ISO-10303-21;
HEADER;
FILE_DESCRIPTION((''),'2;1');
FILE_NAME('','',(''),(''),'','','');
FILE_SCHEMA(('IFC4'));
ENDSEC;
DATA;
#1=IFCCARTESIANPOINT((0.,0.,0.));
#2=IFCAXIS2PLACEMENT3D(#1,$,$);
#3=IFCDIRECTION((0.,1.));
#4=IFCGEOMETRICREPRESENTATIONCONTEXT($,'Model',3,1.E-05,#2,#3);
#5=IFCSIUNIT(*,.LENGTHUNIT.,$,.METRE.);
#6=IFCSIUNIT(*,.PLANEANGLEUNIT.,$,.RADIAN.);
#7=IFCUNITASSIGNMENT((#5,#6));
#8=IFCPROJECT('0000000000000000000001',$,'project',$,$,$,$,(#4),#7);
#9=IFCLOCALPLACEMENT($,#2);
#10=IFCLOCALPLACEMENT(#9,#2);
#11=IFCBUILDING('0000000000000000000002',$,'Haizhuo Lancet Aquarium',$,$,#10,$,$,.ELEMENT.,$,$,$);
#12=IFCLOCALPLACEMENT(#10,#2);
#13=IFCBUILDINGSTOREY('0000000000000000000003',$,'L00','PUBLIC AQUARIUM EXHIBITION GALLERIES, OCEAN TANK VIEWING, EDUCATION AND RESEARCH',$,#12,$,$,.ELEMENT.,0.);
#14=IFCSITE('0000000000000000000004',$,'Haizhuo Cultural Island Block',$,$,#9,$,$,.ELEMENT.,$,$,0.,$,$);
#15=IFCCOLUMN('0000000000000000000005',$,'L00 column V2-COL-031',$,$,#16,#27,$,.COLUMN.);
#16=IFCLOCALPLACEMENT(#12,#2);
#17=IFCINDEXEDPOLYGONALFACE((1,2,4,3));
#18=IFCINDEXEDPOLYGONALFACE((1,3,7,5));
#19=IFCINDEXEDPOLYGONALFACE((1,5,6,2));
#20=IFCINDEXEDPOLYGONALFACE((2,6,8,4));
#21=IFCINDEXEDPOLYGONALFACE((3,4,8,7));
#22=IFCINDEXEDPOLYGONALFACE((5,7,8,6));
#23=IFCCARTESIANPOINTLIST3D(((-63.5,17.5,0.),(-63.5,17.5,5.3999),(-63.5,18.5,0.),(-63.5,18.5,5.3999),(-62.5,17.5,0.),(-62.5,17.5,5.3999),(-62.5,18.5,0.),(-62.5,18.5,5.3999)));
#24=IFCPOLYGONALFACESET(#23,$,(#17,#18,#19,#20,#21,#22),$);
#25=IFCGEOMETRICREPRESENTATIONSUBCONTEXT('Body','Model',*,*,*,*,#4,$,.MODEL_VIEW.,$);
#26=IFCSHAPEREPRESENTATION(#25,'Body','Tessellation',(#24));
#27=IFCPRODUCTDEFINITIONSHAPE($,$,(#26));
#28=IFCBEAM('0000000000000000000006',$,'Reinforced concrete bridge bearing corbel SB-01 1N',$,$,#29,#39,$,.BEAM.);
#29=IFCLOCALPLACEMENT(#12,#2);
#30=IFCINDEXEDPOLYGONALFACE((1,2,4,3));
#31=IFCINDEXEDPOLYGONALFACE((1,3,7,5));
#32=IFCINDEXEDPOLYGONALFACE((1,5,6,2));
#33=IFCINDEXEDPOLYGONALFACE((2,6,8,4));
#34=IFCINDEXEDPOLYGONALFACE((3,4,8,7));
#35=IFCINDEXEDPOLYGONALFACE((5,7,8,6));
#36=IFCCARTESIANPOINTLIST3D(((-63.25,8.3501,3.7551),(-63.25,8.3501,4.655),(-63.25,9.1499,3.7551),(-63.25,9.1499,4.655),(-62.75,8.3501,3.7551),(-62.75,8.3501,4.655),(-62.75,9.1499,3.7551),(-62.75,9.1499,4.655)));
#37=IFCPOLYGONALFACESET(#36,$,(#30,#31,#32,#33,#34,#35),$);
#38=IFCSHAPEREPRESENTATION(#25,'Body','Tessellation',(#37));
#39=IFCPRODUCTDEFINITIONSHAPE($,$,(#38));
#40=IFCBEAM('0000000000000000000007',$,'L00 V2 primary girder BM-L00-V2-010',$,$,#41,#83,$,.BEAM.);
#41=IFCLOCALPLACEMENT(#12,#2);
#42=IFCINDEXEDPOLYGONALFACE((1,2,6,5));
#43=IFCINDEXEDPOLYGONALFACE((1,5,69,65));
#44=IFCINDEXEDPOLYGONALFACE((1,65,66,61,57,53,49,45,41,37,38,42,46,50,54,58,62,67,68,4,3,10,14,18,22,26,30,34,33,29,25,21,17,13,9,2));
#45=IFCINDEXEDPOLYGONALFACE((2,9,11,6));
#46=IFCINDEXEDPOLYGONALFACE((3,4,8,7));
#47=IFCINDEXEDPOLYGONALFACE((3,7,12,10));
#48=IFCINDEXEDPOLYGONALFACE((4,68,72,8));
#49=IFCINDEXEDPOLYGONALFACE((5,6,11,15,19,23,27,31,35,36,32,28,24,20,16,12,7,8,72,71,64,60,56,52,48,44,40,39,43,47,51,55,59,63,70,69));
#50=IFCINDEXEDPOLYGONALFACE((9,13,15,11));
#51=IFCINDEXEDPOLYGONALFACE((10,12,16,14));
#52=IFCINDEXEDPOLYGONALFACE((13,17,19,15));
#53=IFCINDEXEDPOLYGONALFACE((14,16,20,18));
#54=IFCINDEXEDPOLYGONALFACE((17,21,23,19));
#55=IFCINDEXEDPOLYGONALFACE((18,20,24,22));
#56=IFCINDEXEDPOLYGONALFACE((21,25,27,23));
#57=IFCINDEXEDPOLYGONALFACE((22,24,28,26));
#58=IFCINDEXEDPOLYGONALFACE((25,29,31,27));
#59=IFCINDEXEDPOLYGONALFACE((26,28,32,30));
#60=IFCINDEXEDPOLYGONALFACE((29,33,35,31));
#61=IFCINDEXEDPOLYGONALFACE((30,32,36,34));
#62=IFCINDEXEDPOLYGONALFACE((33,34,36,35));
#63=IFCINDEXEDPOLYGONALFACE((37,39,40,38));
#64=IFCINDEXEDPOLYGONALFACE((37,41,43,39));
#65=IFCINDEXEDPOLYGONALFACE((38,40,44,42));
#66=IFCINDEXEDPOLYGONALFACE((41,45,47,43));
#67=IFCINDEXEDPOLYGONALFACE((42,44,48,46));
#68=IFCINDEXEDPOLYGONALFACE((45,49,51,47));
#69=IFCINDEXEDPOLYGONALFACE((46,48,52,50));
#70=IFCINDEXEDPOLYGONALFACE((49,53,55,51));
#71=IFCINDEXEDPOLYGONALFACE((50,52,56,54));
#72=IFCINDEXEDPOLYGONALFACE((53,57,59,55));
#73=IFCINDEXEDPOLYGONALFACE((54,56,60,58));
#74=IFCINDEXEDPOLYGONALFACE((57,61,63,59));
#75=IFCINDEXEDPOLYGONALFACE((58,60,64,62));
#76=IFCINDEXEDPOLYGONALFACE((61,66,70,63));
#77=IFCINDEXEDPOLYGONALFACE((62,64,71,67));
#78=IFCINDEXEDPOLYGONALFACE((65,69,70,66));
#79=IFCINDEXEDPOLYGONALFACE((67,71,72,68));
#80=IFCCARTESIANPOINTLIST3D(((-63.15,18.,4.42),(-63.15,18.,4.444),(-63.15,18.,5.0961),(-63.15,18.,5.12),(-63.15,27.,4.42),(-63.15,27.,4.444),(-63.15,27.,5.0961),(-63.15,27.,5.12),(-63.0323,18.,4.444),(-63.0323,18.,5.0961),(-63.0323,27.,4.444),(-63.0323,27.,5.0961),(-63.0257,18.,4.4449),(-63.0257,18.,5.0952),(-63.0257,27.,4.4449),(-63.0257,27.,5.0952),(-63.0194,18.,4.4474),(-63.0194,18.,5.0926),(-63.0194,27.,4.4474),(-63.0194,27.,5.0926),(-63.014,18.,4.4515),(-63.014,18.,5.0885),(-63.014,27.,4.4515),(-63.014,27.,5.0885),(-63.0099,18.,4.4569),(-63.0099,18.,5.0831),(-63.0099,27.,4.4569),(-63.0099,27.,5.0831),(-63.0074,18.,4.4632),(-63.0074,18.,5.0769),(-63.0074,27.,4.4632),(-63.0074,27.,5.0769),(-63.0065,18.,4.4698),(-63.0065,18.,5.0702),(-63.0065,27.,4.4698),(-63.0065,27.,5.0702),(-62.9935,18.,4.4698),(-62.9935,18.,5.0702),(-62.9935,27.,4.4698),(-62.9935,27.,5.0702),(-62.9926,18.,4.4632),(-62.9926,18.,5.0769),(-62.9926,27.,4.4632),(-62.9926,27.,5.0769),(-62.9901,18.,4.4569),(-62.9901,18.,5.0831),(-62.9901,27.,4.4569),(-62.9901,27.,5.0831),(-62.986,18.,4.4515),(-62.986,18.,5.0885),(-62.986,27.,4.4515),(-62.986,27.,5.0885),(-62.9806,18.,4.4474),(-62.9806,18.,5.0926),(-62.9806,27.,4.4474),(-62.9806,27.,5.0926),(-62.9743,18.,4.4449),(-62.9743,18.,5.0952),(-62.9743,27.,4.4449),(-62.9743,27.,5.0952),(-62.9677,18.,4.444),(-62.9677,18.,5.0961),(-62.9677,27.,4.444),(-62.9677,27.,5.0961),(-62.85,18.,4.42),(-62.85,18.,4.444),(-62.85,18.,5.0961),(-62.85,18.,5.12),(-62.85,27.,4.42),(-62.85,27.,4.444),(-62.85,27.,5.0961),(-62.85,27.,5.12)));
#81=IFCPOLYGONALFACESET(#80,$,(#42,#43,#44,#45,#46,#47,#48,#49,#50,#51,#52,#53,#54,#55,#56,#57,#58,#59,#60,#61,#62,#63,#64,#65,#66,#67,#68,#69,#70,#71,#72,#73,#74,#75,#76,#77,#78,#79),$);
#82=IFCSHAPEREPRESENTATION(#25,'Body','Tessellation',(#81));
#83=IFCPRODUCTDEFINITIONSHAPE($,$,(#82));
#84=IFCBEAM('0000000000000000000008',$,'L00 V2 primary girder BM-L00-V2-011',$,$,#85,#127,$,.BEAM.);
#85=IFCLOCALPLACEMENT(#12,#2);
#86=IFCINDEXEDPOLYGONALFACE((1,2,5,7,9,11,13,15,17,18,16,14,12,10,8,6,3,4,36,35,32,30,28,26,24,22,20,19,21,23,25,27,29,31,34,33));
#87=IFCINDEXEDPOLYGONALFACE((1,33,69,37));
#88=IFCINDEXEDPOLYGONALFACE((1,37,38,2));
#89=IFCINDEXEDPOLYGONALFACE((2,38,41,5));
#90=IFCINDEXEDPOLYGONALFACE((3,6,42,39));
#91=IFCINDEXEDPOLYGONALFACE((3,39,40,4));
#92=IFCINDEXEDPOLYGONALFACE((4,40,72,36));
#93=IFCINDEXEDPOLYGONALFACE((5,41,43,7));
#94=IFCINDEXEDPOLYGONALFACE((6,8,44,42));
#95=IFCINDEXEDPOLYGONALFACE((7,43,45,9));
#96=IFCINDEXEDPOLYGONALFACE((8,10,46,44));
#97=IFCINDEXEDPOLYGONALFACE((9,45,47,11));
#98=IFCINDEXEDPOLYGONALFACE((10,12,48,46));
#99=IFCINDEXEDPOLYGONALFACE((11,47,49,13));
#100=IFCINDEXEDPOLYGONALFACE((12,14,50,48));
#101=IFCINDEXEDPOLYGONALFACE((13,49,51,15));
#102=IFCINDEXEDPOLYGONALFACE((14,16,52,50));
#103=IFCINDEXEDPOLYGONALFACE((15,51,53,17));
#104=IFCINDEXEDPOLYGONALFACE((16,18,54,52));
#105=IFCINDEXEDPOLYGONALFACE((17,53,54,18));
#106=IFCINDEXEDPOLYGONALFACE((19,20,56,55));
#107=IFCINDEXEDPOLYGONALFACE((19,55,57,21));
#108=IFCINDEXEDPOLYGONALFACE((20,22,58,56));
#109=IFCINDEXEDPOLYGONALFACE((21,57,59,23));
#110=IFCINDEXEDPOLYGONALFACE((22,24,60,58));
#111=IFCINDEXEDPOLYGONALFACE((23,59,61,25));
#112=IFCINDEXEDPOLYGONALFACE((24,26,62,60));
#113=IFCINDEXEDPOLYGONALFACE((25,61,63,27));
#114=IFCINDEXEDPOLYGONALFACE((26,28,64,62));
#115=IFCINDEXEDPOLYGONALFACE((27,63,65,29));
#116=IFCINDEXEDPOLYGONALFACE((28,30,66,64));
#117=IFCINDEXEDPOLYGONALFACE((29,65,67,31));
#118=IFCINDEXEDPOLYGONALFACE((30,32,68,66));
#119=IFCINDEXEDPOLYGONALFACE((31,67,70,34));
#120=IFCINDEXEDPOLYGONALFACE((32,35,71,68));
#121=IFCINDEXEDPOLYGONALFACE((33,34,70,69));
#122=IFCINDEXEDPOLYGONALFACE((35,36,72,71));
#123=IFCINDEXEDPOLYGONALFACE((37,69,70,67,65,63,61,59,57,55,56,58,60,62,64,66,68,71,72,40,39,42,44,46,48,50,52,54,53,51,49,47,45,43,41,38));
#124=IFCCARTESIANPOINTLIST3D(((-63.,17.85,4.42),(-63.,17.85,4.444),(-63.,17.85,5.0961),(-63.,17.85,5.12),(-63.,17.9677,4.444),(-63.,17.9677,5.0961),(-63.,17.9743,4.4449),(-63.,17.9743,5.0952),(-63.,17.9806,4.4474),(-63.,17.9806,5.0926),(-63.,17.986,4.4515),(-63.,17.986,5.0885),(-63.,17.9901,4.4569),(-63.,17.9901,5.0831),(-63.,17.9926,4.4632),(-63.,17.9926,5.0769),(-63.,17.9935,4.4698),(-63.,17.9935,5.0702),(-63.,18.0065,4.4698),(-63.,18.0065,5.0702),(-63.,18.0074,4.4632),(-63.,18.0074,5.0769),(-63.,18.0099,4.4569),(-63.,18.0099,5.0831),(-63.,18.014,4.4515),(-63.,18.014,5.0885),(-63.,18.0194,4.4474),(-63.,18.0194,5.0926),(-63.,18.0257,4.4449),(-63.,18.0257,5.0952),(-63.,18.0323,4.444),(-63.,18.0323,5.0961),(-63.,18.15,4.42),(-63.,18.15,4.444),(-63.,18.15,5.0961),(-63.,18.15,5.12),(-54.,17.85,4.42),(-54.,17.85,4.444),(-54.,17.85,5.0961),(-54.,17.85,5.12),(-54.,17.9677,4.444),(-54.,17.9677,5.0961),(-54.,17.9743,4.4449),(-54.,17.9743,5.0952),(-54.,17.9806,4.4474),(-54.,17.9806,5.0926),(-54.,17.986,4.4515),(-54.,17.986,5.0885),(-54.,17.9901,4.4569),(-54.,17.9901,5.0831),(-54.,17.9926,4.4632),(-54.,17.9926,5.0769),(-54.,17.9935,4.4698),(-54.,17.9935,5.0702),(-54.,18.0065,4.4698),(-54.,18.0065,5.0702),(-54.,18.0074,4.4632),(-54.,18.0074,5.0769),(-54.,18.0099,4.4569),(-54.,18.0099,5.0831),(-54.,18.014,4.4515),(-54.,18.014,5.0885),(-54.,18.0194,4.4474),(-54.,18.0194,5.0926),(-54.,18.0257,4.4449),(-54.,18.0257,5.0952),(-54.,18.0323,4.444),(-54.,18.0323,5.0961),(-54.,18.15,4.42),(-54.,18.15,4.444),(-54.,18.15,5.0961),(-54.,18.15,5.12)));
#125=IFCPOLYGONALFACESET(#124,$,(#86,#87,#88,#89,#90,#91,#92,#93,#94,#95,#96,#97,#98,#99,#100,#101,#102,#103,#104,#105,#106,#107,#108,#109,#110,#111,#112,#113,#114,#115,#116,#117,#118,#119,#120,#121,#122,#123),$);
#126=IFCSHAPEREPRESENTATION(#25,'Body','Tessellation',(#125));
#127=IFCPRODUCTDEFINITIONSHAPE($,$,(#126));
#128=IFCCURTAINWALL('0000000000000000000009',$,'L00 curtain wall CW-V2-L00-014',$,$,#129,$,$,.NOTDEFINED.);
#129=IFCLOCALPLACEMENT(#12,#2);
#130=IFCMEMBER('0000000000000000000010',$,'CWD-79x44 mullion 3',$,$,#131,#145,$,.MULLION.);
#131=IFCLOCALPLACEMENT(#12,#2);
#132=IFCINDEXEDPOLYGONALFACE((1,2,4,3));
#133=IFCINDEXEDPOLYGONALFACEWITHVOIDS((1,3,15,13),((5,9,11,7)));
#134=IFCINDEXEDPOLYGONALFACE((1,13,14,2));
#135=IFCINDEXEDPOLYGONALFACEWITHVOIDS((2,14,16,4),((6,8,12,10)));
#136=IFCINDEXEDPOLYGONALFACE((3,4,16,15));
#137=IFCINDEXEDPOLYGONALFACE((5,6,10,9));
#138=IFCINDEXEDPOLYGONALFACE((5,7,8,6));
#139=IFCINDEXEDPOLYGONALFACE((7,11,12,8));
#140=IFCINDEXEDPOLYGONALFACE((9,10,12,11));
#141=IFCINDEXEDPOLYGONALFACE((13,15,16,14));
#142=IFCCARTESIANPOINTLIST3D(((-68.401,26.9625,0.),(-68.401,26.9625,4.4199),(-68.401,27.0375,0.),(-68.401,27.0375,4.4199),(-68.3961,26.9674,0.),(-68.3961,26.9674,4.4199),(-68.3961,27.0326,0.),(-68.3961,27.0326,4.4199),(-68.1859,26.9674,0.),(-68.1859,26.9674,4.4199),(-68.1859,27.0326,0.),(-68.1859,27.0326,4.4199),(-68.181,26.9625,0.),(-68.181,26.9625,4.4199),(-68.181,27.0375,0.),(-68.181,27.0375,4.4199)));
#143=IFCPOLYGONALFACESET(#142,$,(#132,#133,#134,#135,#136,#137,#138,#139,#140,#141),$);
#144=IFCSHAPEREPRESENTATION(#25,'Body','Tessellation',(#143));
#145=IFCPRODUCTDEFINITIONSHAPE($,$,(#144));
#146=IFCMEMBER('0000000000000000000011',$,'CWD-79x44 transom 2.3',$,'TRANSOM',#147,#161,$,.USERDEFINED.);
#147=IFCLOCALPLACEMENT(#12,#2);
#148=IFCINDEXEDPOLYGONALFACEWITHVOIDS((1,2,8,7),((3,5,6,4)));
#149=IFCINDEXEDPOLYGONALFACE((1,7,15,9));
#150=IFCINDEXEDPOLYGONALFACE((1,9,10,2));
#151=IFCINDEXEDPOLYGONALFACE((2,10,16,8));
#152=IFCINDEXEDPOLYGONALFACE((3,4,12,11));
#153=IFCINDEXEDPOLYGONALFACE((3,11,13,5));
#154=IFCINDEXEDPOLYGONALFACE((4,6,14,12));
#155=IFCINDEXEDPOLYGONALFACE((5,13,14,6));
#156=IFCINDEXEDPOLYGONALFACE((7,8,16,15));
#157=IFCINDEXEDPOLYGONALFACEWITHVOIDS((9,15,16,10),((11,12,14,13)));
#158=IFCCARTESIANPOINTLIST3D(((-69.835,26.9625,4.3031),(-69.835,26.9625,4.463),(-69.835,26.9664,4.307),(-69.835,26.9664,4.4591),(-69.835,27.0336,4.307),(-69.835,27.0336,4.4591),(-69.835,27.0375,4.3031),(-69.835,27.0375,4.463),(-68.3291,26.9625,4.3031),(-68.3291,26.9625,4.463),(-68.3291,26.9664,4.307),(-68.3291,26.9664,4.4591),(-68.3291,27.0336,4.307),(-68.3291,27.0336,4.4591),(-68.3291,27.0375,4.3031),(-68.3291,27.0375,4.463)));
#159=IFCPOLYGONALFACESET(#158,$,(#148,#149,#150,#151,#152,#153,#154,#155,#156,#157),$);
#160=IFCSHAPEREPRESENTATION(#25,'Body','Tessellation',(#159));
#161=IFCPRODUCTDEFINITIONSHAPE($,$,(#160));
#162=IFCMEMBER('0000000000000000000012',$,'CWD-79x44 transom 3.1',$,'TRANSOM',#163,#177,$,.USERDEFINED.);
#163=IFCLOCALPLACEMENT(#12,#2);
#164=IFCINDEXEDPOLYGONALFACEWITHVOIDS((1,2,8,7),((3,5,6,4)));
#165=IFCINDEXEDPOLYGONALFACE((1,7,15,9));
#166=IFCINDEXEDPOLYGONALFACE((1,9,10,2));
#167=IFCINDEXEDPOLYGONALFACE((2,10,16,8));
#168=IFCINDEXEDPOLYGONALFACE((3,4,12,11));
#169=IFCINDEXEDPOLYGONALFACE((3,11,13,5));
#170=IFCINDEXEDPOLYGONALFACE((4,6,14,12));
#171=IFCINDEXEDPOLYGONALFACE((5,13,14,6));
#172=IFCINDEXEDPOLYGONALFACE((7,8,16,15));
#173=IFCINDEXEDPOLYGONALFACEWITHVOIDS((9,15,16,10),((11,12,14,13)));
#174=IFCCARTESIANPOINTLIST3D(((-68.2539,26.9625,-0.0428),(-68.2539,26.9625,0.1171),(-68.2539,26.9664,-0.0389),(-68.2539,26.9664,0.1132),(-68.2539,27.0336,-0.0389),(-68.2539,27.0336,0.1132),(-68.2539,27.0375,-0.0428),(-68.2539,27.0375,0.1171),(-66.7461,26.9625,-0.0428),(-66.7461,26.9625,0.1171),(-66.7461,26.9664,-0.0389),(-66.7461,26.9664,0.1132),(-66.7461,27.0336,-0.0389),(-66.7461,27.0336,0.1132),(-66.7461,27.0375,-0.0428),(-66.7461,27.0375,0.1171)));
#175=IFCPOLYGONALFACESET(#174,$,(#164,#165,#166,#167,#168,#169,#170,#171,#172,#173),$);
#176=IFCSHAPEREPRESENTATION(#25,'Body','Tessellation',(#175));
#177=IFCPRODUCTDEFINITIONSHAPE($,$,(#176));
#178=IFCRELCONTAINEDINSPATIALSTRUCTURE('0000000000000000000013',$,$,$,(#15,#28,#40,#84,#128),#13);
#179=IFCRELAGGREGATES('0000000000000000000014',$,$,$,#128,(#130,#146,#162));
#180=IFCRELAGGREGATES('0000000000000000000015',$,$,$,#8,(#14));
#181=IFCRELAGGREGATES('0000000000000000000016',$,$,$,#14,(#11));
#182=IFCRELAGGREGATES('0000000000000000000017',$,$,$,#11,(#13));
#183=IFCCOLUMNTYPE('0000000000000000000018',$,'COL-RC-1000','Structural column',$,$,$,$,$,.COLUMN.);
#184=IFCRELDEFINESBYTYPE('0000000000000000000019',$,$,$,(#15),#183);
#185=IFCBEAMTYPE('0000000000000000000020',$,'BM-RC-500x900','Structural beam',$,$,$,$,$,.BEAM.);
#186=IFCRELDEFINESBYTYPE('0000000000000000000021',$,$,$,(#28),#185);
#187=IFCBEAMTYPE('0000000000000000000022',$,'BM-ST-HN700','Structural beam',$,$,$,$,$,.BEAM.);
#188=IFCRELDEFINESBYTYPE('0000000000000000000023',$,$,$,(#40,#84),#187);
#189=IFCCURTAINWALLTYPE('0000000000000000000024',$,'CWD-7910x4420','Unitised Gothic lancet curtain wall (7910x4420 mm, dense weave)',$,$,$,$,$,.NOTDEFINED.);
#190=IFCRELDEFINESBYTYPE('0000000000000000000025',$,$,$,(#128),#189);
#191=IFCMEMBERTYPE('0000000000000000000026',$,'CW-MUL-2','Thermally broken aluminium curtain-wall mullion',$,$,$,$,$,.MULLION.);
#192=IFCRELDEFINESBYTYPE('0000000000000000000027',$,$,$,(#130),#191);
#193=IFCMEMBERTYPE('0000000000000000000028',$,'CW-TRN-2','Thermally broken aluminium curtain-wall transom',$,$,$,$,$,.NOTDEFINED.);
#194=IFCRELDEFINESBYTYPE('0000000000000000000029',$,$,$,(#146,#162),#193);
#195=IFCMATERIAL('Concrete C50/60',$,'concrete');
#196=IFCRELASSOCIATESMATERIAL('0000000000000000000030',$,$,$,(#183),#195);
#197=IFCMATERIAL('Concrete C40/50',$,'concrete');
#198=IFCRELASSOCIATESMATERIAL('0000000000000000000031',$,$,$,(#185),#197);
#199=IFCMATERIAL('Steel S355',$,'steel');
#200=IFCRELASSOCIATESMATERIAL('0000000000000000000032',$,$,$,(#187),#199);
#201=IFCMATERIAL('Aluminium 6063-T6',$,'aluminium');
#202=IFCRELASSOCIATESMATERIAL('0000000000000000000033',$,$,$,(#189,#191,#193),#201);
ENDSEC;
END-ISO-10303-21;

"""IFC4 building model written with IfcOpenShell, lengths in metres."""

from ifc_helpers import new_model, si_unit, direction, frame, origin, origin_2d, place, context, subcontext, project, spatial, rectangle, hollow_rectangle, i_section, extrude, material, material_profile, profile_set, type_object, element, aggregate, save


model = new_model("IFC4")

# Units and contexts
model_context = context("Model", 3, precision=1e-05, world=origin(), true_north=direction((0.0, 1.0)))
body_context = subcontext(model_context, "Body", "Model", "MODEL_VIEW")
ifc_project = project(units=[si_unit("LENGTHUNIT", "METRE"), si_unit("PLANEANGLEUNIT", "RADIAN")], contexts=[model_context])

# Site, building, storey
site_placement = place(None, origin())
site = spatial("IfcSite", under=ifc_project, at=site_placement, Name="Haizhuo Cultural Island Block", CompositionType="ELEMENT", RefElevation=0.0)
building_placement = place(site_placement, origin())
building = spatial("IfcBuilding", under=site, at=building_placement, Name="Haizhuo Lancet Aquarium", CompositionType="ELEMENT")
storey_placement = place(building_placement, origin())
storey = spatial("IfcBuildingStorey", under=building, at=storey_placement, Name="L00", Description="PUBLIC AQUARIUM EXHIBITION GALLERIES, OCEAN TANK VIEWING, EDUCATION AND RESEARCH", CompositionType="ELEMENT", Elevation=0.0)

# Column
ifc_material_1 = material(Name="Concrete C50/60", Category="concrete")
ifc_material_profile_1 = material_profile(ifc_material_1, rectangle(XDim=1.0, YDim=1.0, at=origin_2d()), Name="RC-COL 1000x1000")
ifc_profile_set_1 = profile_set([ifc_material_profile_1], Name="Concrete C50/60")
column_type = type_object("IfcColumnType", Name="COL-RC-1000", Description="Structural column", PredefinedType="COLUMN", material=ifc_profile_set_1)
column_placement = place(storey_placement, frame((-63.0, 18.0, 0.0), z_axis=(0.0, 0.0, 1.0), x_axis=(1.0, 0.0, 0.0)))
element("IfcColumn", 1, at=column_placement, inside=storey, type_object=column_type, Name="L00 column V2-COL-031", PredefinedType="COLUMN", context=body_context, shape_type="SweptSolid", body=[
    extrude(rectangle(XDim=1.0, YDim=1.0, at=origin_2d()), origin(), (0.0, 0.0, 1.0), 5.3999),
])

# Beams
ifc_material_2 = material(Name="Concrete C40/50", Category="concrete")
ifc_material_profile_2 = material_profile(ifc_material_2, rectangle(XDim=0.5, YDim=0.8999, at=origin_2d()), Name="RC-BM 500x900")
ifc_profile_set_2 = profile_set([ifc_material_profile_2], Name="Concrete C40/50")
beam_type_1 = type_object("IfcBeamType", Name="BM-RC-500x900", Description="Structural beam", PredefinedType="BEAM", material=ifc_profile_set_2)
beam_1_placement = place(storey_placement, frame((-63.0, 9.1499, 4.2051), z_axis=(0.0, -1.0, 0.0), x_axis=(1.0, 0.0, 0.0)))
element("IfcBeam", 2, at=beam_1_placement, inside=storey, type_object=beam_type_1, Name="Reinforced concrete bridge bearing corbel SB-01 1N", PredefinedType="BEAM", context=body_context, shape_type="SweptSolid", body=[
    extrude(rectangle(XDim=0.5, YDim=0.8999, at=origin_2d()), origin(), (0.0, 0.0, 1.0), 0.7998),
])
ifc_material_3 = material(Name="Steel S355", Category="steel")
ifc_material_profile_3 = material_profile(ifc_material_3, i_section(OverallWidth=0.3, OverallDepth=0.7, WebThickness=0.0129, FlangeThickness=0.0239, FilletRadius=0.0259, at=origin_2d()), Name="HN 700x300x13x24")
ifc_profile_set_3 = profile_set([ifc_material_profile_3], Name="Steel S355")
beam_type_2 = type_object("IfcBeamType", Name="BM-ST-HN700", Description="Structural beam", PredefinedType="BEAM", material=ifc_profile_set_3)
for number, where, z_axis, x_axis, name in (
    (3, (-63.0, 18.0, 4.77), (0.0, 1.0, 0.0), (-1.0, 0.0, 0.0), "L00 V2 primary girder BM-L00-V2-010"),
    (4, (-63.0, 18.0, 4.77), (1.0, 0.0, 0.0), (0.0, 1.0, 0.0), "L00 V2 primary girder BM-L00-V2-011"),
):
    element("IfcBeam", number, at=place(storey_placement, frame(where, z_axis=z_axis, x_axis=x_axis)), inside=storey, type_object=beam_type_2, Name=name, PredefinedType="BEAM", context=body_context, shape_type="SweptSolid", body=[
        extrude(i_section(OverallWidth=0.3, OverallDepth=0.7, WebThickness=0.0129, FlangeThickness=0.0239, FilletRadius=0.0259, at=origin_2d()), origin(), (0.0, 0.0, 1.0), 9.0),
    ])

# Curtain wall, members
ifc_material_4 = material(Name="Aluminium 6063-T6", Category="aluminium")
curtain_wall_type_1 = type_object("IfcCurtainWallType", Name="CWD-7910x4420", Description="Unitised Gothic lancet curtain wall (7910x4420 mm, dense weave)", PredefinedType="NOTDEFINED", material=ifc_material_4)
curtain_wall_1_placement = place(storey_placement, origin())
curtain_wall_1 = element("IfcCurtainWall", 5, at=curtain_wall_1_placement, inside=storey, type_object=curtain_wall_type_1, Name="L00 curtain wall CW-V2-L00-014", PredefinedType="NOTDEFINED")
ifc_material_profile_4 = material_profile(ifc_material_4, hollow_rectangle(XDim=0.075, YDim=0.22, WallThickness=0.0049, at=origin_2d()), Name="ALU-M 75x220x5")
ifc_profile_set_4 = profile_set([ifc_material_profile_4], Name="Aluminium 6063-T6")
member_type_1 = type_object("IfcMemberType", Name="CW-MUL-2", Description="Thermally broken aluminium curtain-wall mullion", PredefinedType="MULLION", material=ifc_profile_set_4)
member_1_placement = place(storey_placement, frame((-68.291, 27.0, 0.0), z_axis=(0.0, 0.0, 1.0), x_axis=(0.0, 1.0, 0.0)))
member_1 = element("IfcMember", 6, at=member_1_placement, type_object=member_type_1, Name="CWD-79x44 mullion 3", PredefinedType="MULLION", context=body_context, shape_type="SweptSolid", body=[
    extrude(hollow_rectangle(XDim=0.075, YDim=0.22, WallThickness=0.0049, at=origin_2d()), origin(), (0.0, 0.0, 1.0), 4.4199),
])
ifc_material_profile_5 = material_profile(ifc_material_4, hollow_rectangle(XDim=0.075, YDim=0.1599, WallThickness=0.0039, at=origin_2d()), Name="ALU-T 75x160x4")
ifc_profile_set_5 = profile_set([ifc_material_profile_5], Name="Aluminium 6063-T6")
member_type_2 = type_object("IfcMemberType", Name="CW-TRN-2", Description="Thermally broken aluminium curtain-wall transom", PredefinedType="NOTDEFINED", material=ifc_profile_set_5)
member_2_placement = place(storey_placement, frame((-69.835, 27.0, 4.3831), z_axis=(1.0, 0.0, 0.0), x_axis=(0.0, 1.0, 0.0)))
member_2 = element("IfcMember", 7, at=member_2_placement, type_object=member_type_2, Name="CWD-79x44 transom 2.3", ObjectType="TRANSOM", PredefinedType="USERDEFINED", context=body_context, shape_type="SweptSolid", body=[
    extrude(hollow_rectangle(XDim=0.075, YDim=0.1599, WallThickness=0.0039, at=origin_2d()), origin(), (0.0, 0.0, 1.0), 1.5059),
])
member_3_placement = place(storey_placement, frame((-68.2539, 27.0, 0.0371), z_axis=(1.0, 0.0, 0.0), x_axis=(0.0, 1.0, 0.0)))
member_3 = element("IfcMember", 8, at=member_3_placement, type_object=member_type_2, Name="CWD-79x44 transom 3.1", ObjectType="TRANSOM", PredefinedType="USERDEFINED", context=body_context, shape_type="SweptSolid", body=[
    extrude(hollow_rectangle(XDim=0.075, YDim=0.1599, WallThickness=0.0039, at=origin_2d()), origin(), (0.0, 0.0, 1.0), 1.5078),
])

aggregate(curtain_wall_1, [member_1, member_2, member_3])

save(model, "model.ifc")
